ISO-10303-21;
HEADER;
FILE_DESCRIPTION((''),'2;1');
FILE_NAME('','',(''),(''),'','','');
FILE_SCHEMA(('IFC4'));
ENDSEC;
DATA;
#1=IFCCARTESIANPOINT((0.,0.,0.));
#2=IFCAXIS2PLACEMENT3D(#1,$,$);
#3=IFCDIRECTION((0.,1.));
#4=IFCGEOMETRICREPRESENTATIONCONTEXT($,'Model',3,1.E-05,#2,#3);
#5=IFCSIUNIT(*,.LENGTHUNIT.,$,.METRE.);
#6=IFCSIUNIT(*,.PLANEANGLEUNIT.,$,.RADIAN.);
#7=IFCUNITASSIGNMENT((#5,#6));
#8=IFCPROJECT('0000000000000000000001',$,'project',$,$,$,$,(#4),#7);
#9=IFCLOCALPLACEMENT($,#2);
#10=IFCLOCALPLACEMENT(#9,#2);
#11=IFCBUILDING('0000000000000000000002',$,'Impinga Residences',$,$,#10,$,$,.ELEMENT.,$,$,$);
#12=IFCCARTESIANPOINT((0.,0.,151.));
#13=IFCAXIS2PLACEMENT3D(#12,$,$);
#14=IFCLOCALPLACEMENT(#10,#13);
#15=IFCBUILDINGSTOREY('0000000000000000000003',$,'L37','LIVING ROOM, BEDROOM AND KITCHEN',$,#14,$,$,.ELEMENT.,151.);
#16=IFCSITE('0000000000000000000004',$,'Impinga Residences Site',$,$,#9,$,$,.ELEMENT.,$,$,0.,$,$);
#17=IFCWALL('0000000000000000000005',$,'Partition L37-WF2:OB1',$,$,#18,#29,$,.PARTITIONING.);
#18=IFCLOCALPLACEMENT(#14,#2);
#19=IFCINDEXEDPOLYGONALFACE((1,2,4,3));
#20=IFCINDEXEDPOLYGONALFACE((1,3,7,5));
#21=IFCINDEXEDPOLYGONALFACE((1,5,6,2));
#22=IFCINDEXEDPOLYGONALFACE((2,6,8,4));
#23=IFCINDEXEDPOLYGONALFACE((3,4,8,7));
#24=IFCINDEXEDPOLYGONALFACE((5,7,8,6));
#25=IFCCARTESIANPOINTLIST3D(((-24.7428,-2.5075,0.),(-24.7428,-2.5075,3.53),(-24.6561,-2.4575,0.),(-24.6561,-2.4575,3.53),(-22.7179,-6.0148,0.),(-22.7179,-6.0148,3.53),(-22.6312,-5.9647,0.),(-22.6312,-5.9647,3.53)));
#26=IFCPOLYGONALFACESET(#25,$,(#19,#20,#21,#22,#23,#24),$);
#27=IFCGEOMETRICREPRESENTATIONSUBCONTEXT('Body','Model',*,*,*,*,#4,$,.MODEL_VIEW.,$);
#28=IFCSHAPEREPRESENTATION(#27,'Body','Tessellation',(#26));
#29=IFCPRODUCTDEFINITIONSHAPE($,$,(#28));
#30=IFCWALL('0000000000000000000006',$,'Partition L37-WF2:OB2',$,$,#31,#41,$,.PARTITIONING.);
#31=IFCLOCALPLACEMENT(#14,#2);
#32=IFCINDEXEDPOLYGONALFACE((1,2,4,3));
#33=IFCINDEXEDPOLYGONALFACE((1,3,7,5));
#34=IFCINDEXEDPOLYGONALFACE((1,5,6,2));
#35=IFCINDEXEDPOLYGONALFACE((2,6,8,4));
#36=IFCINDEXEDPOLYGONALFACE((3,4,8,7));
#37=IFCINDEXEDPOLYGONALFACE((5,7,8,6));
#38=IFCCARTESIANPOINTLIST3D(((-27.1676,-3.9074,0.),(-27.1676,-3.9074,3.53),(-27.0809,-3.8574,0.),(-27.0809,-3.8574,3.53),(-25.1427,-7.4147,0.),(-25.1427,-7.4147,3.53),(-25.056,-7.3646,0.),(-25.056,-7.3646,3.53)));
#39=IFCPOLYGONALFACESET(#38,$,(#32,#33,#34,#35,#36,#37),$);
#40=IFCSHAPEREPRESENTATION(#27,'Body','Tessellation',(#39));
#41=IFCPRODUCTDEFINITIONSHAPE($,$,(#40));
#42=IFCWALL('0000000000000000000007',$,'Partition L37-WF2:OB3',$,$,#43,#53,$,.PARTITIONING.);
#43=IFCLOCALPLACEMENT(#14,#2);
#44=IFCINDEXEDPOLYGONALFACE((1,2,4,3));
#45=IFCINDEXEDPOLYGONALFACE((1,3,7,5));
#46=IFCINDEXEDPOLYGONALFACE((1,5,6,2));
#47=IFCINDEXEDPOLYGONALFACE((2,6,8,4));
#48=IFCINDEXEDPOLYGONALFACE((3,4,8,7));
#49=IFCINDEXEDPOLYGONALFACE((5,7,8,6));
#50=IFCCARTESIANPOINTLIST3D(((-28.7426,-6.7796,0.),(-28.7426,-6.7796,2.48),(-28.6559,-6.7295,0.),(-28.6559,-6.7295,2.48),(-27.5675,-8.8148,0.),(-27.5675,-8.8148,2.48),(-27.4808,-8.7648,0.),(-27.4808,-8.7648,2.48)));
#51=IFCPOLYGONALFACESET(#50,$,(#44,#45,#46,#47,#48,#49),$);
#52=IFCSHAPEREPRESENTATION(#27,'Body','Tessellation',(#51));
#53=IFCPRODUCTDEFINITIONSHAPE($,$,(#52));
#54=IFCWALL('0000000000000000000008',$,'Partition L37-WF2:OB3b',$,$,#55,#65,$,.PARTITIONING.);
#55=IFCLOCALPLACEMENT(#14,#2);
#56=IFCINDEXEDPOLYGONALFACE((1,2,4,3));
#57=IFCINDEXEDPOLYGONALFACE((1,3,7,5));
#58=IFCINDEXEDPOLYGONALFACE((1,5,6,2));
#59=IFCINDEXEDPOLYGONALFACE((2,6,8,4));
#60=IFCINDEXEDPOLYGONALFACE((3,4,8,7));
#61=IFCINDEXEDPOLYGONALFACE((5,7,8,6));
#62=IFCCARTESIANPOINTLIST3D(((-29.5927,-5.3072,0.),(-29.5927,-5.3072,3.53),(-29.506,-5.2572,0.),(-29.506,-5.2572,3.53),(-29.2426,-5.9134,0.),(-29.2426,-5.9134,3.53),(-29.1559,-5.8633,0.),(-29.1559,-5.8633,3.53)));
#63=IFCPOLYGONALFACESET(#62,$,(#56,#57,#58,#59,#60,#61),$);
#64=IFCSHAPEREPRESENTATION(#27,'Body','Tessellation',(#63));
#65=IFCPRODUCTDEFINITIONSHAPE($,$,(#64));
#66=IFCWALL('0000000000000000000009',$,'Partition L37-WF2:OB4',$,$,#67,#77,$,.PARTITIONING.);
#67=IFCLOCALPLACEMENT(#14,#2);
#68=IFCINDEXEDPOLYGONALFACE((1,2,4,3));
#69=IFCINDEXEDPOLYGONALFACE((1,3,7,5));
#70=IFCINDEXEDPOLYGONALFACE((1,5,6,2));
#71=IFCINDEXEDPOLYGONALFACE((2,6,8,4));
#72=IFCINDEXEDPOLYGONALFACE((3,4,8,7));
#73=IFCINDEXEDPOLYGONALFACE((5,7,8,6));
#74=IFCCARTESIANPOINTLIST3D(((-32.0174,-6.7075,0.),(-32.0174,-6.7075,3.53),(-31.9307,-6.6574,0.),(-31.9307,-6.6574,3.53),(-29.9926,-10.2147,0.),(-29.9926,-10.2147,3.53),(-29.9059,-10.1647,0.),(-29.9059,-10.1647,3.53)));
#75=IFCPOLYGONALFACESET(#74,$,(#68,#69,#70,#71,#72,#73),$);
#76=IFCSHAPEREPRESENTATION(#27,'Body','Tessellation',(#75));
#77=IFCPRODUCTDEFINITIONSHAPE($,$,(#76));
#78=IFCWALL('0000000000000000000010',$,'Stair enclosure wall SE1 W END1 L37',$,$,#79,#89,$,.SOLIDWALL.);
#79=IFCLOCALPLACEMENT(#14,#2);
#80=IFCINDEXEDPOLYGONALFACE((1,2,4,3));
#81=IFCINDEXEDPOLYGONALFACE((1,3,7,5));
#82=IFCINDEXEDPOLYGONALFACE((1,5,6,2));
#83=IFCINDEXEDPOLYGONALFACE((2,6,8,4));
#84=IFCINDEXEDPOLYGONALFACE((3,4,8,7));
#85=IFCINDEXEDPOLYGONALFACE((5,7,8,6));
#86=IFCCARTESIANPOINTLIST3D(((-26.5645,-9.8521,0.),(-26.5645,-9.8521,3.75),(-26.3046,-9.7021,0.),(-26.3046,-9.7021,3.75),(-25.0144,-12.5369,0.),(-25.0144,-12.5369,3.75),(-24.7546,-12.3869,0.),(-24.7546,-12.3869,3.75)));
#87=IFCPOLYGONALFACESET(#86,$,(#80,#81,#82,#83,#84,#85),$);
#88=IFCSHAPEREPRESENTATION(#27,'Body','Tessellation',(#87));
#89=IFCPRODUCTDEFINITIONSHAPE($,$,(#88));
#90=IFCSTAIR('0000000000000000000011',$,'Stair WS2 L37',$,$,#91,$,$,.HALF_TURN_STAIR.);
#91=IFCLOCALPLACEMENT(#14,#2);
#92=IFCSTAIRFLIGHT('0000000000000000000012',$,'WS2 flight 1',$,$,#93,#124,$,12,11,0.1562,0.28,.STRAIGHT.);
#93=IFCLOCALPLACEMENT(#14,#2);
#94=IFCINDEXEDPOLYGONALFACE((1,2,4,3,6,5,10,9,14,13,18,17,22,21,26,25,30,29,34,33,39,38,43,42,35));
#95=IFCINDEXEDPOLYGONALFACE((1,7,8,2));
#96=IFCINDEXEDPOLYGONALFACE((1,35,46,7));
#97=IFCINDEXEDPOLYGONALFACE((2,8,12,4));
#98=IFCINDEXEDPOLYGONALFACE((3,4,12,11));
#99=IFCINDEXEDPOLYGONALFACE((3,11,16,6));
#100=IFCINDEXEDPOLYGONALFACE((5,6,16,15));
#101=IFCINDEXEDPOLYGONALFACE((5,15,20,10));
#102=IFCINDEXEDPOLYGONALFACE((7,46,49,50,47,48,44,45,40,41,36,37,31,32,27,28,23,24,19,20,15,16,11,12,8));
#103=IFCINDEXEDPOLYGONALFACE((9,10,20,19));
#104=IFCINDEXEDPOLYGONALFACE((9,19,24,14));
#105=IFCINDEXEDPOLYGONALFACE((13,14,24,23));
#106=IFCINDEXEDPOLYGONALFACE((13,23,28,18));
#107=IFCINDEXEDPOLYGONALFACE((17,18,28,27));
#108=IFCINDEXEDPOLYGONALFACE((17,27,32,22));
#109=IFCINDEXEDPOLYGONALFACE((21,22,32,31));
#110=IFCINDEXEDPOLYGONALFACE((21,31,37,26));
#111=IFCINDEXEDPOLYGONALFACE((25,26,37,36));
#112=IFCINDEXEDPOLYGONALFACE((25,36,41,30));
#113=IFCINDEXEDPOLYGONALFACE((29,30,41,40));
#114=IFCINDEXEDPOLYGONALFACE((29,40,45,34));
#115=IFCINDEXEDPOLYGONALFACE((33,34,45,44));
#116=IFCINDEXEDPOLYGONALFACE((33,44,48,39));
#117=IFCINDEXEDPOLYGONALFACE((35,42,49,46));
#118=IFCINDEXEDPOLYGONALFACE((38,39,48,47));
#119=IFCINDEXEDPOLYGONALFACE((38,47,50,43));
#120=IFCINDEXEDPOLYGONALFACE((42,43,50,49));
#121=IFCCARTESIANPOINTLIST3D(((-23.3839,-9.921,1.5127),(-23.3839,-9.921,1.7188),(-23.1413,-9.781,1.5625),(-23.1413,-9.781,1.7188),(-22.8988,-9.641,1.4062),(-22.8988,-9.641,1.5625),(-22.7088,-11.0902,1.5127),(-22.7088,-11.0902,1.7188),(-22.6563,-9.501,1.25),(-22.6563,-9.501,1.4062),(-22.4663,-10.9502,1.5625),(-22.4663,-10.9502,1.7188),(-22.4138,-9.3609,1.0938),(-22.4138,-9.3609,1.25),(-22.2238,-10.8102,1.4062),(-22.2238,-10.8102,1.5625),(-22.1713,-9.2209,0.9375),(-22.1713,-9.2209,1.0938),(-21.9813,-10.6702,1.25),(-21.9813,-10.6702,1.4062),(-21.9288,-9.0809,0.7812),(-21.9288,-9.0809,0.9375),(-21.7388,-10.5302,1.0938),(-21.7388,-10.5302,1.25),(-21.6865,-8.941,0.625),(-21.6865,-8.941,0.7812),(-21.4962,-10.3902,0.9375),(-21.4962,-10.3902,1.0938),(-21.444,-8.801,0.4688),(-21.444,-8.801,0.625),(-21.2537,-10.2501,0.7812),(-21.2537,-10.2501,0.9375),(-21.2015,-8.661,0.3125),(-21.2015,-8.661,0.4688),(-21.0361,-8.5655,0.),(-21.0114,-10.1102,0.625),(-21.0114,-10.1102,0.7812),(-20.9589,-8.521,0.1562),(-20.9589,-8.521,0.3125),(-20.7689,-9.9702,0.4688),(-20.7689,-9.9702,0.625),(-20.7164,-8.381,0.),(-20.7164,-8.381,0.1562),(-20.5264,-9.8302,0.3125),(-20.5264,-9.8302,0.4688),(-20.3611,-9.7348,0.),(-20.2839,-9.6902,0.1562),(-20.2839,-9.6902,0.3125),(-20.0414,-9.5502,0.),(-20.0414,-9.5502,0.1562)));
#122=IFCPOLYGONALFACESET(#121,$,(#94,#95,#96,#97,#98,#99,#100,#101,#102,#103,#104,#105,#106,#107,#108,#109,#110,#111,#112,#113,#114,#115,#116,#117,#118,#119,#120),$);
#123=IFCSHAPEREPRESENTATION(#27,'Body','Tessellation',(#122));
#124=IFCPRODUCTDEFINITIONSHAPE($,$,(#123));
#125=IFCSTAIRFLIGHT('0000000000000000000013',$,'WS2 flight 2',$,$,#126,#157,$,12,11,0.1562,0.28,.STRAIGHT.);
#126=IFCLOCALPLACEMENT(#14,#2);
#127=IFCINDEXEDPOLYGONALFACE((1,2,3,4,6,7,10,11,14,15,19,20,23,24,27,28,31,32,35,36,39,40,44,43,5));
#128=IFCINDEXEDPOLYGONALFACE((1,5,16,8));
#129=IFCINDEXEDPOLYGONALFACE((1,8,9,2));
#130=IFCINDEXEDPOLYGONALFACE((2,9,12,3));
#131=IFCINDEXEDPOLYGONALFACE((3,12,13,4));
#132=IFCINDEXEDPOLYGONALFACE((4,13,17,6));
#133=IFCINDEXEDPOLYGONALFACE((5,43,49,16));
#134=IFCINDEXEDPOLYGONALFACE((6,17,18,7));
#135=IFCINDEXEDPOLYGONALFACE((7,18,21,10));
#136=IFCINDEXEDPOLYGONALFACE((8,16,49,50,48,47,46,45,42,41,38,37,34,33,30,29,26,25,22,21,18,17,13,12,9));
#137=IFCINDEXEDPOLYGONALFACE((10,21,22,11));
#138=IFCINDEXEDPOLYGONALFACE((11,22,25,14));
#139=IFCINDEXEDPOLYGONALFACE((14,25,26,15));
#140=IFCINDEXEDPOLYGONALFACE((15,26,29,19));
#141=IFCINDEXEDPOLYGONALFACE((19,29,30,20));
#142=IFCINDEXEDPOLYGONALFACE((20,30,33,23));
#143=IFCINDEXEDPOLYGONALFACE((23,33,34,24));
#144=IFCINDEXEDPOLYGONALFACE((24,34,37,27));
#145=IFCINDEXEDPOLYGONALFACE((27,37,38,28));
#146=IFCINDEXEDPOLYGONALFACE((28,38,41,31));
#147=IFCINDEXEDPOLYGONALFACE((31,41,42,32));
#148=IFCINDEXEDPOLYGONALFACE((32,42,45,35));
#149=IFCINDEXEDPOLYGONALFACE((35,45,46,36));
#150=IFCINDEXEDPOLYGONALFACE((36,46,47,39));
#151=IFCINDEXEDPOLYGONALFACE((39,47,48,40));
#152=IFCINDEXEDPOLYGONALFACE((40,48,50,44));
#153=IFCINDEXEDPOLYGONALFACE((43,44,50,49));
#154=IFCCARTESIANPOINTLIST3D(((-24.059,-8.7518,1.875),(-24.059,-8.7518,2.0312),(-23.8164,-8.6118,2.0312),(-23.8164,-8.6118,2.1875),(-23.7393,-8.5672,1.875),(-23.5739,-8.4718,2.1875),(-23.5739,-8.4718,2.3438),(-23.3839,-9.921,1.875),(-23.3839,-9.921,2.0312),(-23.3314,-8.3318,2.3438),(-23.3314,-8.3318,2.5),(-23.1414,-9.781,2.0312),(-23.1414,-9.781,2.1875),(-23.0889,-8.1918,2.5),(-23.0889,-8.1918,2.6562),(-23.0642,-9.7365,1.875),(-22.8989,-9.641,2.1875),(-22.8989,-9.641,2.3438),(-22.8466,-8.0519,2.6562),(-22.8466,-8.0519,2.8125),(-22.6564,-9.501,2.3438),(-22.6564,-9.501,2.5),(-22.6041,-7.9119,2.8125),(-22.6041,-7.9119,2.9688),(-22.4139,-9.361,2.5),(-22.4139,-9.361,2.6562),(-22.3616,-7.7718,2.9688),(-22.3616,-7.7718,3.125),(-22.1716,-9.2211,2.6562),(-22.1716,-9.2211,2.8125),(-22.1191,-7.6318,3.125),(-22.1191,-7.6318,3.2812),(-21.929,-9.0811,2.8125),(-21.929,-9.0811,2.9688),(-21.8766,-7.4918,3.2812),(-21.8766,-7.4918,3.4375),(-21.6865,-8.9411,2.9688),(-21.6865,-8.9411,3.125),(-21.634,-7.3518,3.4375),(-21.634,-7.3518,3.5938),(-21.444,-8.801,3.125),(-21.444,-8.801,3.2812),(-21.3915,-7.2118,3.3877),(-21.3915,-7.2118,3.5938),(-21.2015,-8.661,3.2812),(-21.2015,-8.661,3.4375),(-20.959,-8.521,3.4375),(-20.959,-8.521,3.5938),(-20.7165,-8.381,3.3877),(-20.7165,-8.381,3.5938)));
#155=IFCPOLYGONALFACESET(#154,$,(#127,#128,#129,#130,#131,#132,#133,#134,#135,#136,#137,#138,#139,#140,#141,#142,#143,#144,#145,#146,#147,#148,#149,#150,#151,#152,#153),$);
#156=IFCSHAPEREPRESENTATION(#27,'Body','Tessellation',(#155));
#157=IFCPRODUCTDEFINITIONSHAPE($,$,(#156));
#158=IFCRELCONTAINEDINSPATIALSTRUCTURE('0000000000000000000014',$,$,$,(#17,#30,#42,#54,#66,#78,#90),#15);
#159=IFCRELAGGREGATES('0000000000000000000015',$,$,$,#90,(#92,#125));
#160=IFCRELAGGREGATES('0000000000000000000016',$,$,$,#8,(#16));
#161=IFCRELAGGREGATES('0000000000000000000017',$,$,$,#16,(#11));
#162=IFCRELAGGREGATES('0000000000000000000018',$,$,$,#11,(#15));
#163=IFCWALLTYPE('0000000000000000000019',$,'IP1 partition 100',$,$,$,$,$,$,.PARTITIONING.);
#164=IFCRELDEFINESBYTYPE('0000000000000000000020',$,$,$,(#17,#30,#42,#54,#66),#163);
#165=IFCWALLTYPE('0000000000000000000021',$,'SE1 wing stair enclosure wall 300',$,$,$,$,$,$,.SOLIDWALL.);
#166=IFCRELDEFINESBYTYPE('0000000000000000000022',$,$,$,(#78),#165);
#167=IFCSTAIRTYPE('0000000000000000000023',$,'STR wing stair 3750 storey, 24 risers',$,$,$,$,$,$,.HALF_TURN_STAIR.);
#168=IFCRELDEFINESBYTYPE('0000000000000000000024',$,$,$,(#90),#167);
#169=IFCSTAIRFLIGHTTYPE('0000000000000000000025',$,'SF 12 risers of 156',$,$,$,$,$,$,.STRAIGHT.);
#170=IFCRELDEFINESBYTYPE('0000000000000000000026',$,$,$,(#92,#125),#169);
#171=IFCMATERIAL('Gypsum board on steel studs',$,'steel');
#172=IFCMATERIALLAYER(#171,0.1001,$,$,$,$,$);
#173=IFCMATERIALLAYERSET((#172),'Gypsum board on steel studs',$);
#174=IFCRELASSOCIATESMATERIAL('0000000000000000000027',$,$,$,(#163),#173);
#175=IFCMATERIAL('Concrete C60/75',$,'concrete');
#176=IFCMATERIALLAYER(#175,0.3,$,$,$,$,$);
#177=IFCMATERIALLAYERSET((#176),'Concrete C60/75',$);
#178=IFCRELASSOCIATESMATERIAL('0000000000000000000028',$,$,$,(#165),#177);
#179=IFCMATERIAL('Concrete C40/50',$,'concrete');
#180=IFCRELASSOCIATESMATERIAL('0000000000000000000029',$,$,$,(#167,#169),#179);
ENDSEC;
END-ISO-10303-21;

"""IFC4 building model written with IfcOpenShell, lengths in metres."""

from ifc_helpers import new_model, si_unit, direction, frame, frame_2d, origin, place, context, subcontext, project, spatial, polyline, rectangle, outline, extrude, material, layer, layer_set, type_object, element, aggregate, save


model = new_model("IFC4")

# Units and contexts
model_context = context("Model", 3, precision=1e-05, world=origin(), true_north=direction((0.0, 1.0)))
body_context = subcontext(model_context, "Body", "Model", "MODEL_VIEW")
ifc_project = project(units=[si_unit("LENGTHUNIT", "METRE"), si_unit("PLANEANGLEUNIT", "RADIAN")], contexts=[model_context])

# Site, building, storey
site_placement = place(None, origin())
site = spatial("IfcSite", under=ifc_project, at=site_placement, Name="Impinga Residences Site", CompositionType="ELEMENT", RefElevation=0.0)
building_placement = place(site_placement, origin())
building = spatial("IfcBuilding", under=site, at=building_placement, Name="Impinga Residences", CompositionType="ELEMENT")
storey_placement = place(building_placement, frame((0.0, 0.0, 151.0)))
storey = spatial("IfcBuildingStorey", under=building, at=storey_placement, Name="L37", Description="LIVING ROOM, BEDROOM AND KITCHEN", CompositionType="ELEMENT", Elevation=151.0)

# Shared definitions
ifc_material_1 = material(Name="Concrete C60/75", Category="concrete")

# Walls
ifc_material_2 = material(Name="Gypsum board on steel studs", Category="steel")
ifc_layer_1 = layer(ifc_material_2, 0.1001)
ifc_layer_set_1 = layer_set([ifc_layer_1], Name="Gypsum board on steel studs")
wall_type_1 = type_object("IfcWallType", Name="IP1 partition 100", PredefinedType="PARTITIONING", material=ifc_layer_set_1)
for number, where, z_axis, x_axis, name in (
    (1, (-22.6746, -5.9897, 0.0), (0.0, 0.0, 1.0), (-0.49999, 0.866031, 0.0), "Partition L37-WF2:OB1"),
    (2, (-25.0994, -7.3896, 0.0), (0.0, 0.0, 1.0), (-0.49999, 0.866031, 0.0), "Partition L37-WF2:OB2"),
):
    element("IfcWall", number, at=place(storey_placement, frame(where, z_axis=z_axis, x_axis=x_axis)), inside=storey, type_object=wall_type_1, Name=name, PredefinedType="PARTITIONING", context=body_context, shape_type="SweptSolid", body=[
        extrude(rectangle(XDim=4.0498, YDim=0.1001, at=frame_2d((2.0249, 0.0))), origin(), (0.0, 0.0, 1.0), 3.53),
    ])
wall_1_placement = place(storey_placement, frame((-27.5242, -8.7898, 0.0), z_axis=(0.0, 0.0, 1.0), x_axis=(-0.500016, 0.866016, 0.0)))
element("IfcWall", 3, at=wall_1_placement, inside=storey, type_object=wall_type_1, Name="Partition L37-WF2:OB3", PredefinedType="PARTITIONING", context=body_context, shape_type="SweptSolid", body=[
    extrude(rectangle(XDim=2.3501, YDim=0.1001, at=frame_2d((1.175, 0.0))), origin(), (0.0, 0.0, 1.0), 2.48),
])
wall_2_placement = place(storey_placement, frame((-29.1992, -5.8884, 0.0), z_axis=(0.0, 0.0, 1.0), x_axis=(-0.500115, 0.865959, 0.0)))
element("IfcWall", 4, at=wall_2_placement, inside=storey, type_object=wall_type_1, Name="Partition L37-WF2:OB3b", PredefinedType="PARTITIONING", context=body_context, shape_type="SweptSolid", body=[
    extrude(rectangle(XDim=0.7, YDim=0.1001, at=frame_2d((0.3501, 0.0))), origin(), (0.0, 0.0, 1.0), 3.53),
])
wall_3_placement = place(storey_placement, frame((-29.9492, -10.1897, 0.0), z_axis=(0.0, 0.0, 1.0), x_axis=(-0.49999, 0.866031, 0.0)))
element("IfcWall", 5, at=wall_3_placement, inside=storey, type_object=wall_type_1, Name="Partition L37-WF2:OB4", PredefinedType="PARTITIONING", context=body_context, shape_type="SweptSolid", body=[
    extrude(rectangle(XDim=4.0498, YDim=0.1001, at=frame_2d((2.0249, 0.0))), origin(), (0.0, 0.0, 1.0), 3.53),
])
ifc_layer_2 = layer(ifc_material_1, 0.3)
ifc_layer_set_2 = layer_set([ifc_layer_2], Name="Concrete C60/75")
wall_type_2 = type_object("IfcWallType", Name="SE1 wing stair enclosure wall 300", PredefinedType="SOLIDWALL", material=ifc_layer_set_2)
wall_4_placement = place(storey_placement, frame((-24.8845, -12.4619, 0.0), z_axis=(0.0, 0.0, 1.0), x_axis=(-0.499993, 0.86603, 0.0)))
element("IfcWall", 6, at=wall_4_placement, inside=storey, type_object=wall_type_2, Name="Stair enclosure wall SE1 W END1 L37", PredefinedType="SOLIDWALL", context=body_context, shape_type="SweptSolid", body=[
    extrude(rectangle(XDim=3.1001, YDim=0.3, at=frame_2d((1.55, 0.0))), origin(), (0.0, 0.0, 1.0), 3.75),
])

# Stair, stair flights
ifc_material_3 = material(Name="Concrete C40/50", Category="concrete")
stair_type = type_object("IfcStairType", Name="STR wing stair 3750 storey, 24 risers", PredefinedType="HALF_TURN_STAIR", material=ifc_material_3)
stair_placement = place(storey_placement, origin())
stair = element("IfcStair", 7, at=stair_placement, inside=storey, type_object=stair_type, Name="Stair WS2 L37", PredefinedType="HALF_TURN_STAIR")
stair_flight_type = type_object("IfcStairFlightType", Name="SF 12 risers of 156", PredefinedType="STRAIGHT", material=ifc_material_3)
stair_flight_1_placement = place(storey_placement, frame((-20.3789, -8.9656, 0.0), z_axis=(0.0, 0.0, 1.0), x_axis=(-0.866025, -0.5, 0.0)))
stair_flight_1 = element("IfcStairFlight", 8, at=stair_flight_1_placement, type_object=stair_flight_type, Name="WS2 flight 1", NumberOfRisers=12, NumberOfTreads=11, PredefinedType="STRAIGHT", RiserHeight=0.1562, TreadLength=0.28, context=body_context, shape_type="SweptSolid", body=[
    extrude(outline(polyline([(0.0, 0.0), (0.0, 0.1562), (0.28, 0.1562), (0.28, 0.3125), (0.5601, 0.3125), (0.5601, 0.4688), (0.8401, 0.4688), (0.8401, 0.625), (1.1201, 0.625), (1.1201, 0.7812), (1.3999, 0.7812), (1.3999, 0.9375), (1.6799, 0.9375), (1.6799, 1.0938), (1.96, 1.0938), (1.96, 1.25), (2.24, 1.25), (2.24, 1.4062), (2.52, 1.4062), (2.52, 1.5625), (2.8, 1.5625), (2.8, 1.7188), (3.0801, 1.7188), (3.0801, 1.875), (3.0801, 1.5127), (0.3691, 0.0), (0.0, 0.0)])), frame((0.0, 0.675, 0.0), z_axis=(0.0, -1.0, 0.0), x_axis=(1.0, 0.0, 0.0)), (0.0, 0.0, 1.0), 1.3501),
])
stair_flight_2_placement = place(storey_placement, frame((-23.7214, -9.3364, 1.875), z_axis=(0.0, 0.0, 1.0), x_axis=(0.866025, 0.5, 0.0)))
stair_flight_2 = element("IfcStairFlight", 9, at=stair_flight_2_placement, type_object=stair_flight_type, Name="WS2 flight 2", NumberOfRisers=12, NumberOfTreads=11, PredefinedType="STRAIGHT", RiserHeight=0.1562, TreadLength=0.28, context=body_context, shape_type="SweptSolid", body=[
    extrude(outline(polyline([(0.0, 0.0), (0.0, 0.1562), (0.28, 0.1562), (0.28, 0.3125), (0.5601, 0.3125), (0.5601, 0.4688), (0.8401, 0.4688), (0.8401, 0.625), (1.1201, 0.625), (1.1201, 0.7812), (1.3999, 0.7812), (1.3999, 0.9375), (1.6799, 0.9375), (1.6799, 1.0938), (1.96, 1.0938), (1.96, 1.25), (2.24, 1.25), (2.24, 1.4062), (2.52, 1.4062), (2.52, 1.5625), (2.8, 1.5625), (2.8, 1.7188), (3.0801, 1.7188), (3.0801, 1.875), (3.0801, 1.5127), (0.3691, 0.0), (0.0, 0.0)])), frame((0.0, 0.675, 0.0), z_axis=(0.0, -1.0, 0.0), x_axis=(1.0, 0.0, 0.0)), (0.0, 0.0, 1.0), 1.3501),
])
aggregate(stair, [stair_flight_1, stair_flight_2])

save(model, "model.ifc")
